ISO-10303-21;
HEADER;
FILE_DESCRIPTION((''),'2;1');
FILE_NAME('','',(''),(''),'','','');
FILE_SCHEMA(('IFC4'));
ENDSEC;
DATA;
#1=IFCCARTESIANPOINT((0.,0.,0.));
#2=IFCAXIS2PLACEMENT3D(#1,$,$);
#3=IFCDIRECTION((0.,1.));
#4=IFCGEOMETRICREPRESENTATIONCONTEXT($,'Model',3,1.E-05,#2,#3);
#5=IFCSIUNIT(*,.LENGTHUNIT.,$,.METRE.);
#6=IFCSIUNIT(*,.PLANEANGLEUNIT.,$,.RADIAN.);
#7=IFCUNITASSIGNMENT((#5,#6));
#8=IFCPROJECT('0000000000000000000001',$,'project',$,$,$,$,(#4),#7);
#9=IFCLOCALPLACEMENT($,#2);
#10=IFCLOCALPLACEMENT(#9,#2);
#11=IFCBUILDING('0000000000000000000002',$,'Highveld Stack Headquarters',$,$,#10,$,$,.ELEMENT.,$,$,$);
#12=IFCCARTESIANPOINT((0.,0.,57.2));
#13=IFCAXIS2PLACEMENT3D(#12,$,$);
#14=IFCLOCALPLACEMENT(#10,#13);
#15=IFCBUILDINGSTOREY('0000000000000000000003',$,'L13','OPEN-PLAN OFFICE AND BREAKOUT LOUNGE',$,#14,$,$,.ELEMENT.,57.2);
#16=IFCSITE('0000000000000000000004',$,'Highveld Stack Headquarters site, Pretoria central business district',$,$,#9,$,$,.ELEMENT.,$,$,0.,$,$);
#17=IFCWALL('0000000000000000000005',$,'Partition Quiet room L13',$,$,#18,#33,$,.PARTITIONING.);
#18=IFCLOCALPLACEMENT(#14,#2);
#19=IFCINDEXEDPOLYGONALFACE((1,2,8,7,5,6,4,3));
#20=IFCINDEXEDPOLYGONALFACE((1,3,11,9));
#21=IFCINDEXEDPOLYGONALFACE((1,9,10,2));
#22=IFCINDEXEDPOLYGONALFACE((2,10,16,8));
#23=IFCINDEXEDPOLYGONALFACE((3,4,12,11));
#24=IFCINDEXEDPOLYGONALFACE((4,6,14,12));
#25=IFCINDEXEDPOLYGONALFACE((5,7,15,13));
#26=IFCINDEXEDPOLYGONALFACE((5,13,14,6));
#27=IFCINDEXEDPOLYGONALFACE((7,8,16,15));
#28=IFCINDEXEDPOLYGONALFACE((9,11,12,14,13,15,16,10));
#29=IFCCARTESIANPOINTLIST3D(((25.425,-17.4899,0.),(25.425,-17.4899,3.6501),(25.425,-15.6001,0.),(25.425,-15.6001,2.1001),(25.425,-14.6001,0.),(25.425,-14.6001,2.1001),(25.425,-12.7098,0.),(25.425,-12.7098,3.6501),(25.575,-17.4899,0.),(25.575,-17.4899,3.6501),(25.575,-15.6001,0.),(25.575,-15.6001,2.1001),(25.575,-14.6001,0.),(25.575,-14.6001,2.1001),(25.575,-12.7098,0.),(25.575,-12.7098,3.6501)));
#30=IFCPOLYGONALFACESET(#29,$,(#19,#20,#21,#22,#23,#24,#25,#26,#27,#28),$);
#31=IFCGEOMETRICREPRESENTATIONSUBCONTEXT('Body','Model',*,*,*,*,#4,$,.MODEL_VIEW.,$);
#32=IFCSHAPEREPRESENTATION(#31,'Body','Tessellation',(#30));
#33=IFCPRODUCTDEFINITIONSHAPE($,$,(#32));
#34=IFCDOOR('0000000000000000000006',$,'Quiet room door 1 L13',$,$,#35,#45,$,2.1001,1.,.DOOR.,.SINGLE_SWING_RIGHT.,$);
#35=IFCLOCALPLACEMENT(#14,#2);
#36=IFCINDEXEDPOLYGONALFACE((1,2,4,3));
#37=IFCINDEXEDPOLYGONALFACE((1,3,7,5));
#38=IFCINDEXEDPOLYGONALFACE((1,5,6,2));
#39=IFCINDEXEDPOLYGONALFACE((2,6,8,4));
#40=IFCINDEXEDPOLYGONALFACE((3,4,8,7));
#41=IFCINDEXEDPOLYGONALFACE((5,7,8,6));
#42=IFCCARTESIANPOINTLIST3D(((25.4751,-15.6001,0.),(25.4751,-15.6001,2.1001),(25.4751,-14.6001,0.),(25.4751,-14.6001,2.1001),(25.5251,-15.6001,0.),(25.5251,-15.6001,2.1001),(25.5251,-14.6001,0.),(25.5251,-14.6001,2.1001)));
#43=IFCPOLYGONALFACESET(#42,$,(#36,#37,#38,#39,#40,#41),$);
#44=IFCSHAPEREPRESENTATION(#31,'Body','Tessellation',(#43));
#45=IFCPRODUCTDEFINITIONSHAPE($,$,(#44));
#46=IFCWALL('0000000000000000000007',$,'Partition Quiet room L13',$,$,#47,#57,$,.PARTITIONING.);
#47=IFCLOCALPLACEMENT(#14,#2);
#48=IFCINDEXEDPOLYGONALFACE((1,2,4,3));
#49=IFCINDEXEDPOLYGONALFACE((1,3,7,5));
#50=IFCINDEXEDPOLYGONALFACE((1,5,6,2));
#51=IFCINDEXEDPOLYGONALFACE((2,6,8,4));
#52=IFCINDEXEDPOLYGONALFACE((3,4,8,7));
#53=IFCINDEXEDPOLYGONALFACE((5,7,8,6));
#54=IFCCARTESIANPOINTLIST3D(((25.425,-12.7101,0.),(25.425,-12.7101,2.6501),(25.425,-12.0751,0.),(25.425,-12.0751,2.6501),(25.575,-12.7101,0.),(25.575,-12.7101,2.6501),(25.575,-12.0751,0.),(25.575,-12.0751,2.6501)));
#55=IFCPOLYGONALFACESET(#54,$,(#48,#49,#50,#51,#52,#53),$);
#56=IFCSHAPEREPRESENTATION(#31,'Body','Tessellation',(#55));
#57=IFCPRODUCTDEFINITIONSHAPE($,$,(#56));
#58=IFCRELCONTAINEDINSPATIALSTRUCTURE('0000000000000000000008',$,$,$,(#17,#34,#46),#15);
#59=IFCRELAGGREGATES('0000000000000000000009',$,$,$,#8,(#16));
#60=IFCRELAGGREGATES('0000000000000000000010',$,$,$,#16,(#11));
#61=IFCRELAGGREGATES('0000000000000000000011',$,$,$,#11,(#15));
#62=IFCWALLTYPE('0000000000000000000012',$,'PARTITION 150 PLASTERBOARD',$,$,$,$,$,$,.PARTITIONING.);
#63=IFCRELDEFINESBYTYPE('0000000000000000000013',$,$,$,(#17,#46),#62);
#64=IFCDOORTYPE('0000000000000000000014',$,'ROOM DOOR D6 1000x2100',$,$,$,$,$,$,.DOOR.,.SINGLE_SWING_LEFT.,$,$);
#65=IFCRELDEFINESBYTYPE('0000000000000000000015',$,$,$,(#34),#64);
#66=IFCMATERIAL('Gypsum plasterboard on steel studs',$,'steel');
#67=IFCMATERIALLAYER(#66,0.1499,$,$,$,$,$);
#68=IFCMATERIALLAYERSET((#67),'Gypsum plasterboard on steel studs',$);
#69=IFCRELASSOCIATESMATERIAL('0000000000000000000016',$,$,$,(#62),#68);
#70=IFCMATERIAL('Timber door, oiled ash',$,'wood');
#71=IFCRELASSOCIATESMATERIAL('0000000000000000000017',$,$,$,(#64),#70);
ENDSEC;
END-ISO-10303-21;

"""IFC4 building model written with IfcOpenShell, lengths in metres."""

from ifc_helpers import new_model, si_unit, direction, frame, frame_2d, origin, place, context, subcontext, project, spatial, rectangle, extrude, material, layer, layer_set, type_object, element, fill, save


model = new_model("IFC4")

# Units and contexts
model_context = context("Model", 3, precision=1e-05, world=origin(), true_north=direction((0.0, 1.0)))
body_context = subcontext(model_context, "Body", "Model", "MODEL_VIEW")
ifc_project = project(units=[si_unit("LENGTHUNIT", "METRE"), si_unit("PLANEANGLEUNIT", "RADIAN")], contexts=[model_context])

# Site, building, storey
site_placement = place(None, origin())
site = spatial("IfcSite", under=ifc_project, at=site_placement, Name="Highveld Stack Headquarters site, Pretoria central business district", CompositionType="ELEMENT", RefElevation=0.0)
building_placement = place(site_placement, origin())
building = spatial("IfcBuilding", under=site, at=building_placement, Name="Highveld Stack Headquarters", CompositionType="ELEMENT")
storey_placement = place(building_placement, frame((0.0, 0.0, 57.2)))
storey = spatial("IfcBuildingStorey", under=building, at=storey_placement, Name="L13", Description="OPEN-PLAN OFFICE AND BREAKOUT LOUNGE", CompositionType="ELEMENT", Elevation=57.2)

# Shared definitions
ifc_material_1 = material(Name="Gypsum plasterboard on steel studs", Category="steel")
ifc_layer_1 = layer(ifc_material_1, 0.1499)
ifc_layer_set_1 = layer_set([ifc_layer_1], Name="Gypsum plasterboard on steel studs")
wall_type = type_object("IfcWallType", Name="PARTITION 150 PLASTERBOARD", PredefinedType="PARTITIONING", material=ifc_layer_set_1)

# Wall, opening, door
wall_1_placement = place(storey_placement, frame((25.5, -17.49, 0.0), z_axis=(0.0, 0.0, 1.0), x_axis=(0.0, 1.0, 0.0)))
wall_1 = element("IfcWall", 1, at=wall_1_placement, inside=storey, type_object=wall_type, Name="Partition Quiet room L13", PredefinedType="PARTITIONING", context=body_context, shape_type="SweptSolid", body=[
    extrude(rectangle(XDim=4.78, YDim=0.1499, at=frame_2d((2.3901, 0.0))), origin(), (0.0, 0.0, 1.0), 3.6501),
])
opening_placement = place(wall_1_placement, frame((1.8899, 0.0, 0.0)))
opening = element("IfcOpeningElement", 2, at=opening_placement, cuts=wall_1, PredefinedType="OPENING", context=body_context, shape_type="SweptSolid", body=[
    extrude(rectangle(XDim=1.0, YDim=2.1001, at=frame_2d((0.5, 1.05))), frame((0.0, 0.085, 0.0), z_axis=(0.0, -1.0, 0.0), x_axis=(1.0, 0.0, 0.0)), (0.0, 0.0, 1.0), 0.1699),
])
ifc_material_2 = material(Name="Timber door, oiled ash", Category="wood")
door_type = type_object("IfcDoorType", Name="ROOM DOOR D6 1000x2100", OperationType="SINGLE_SWING_LEFT", PredefinedType="DOOR", material=ifc_material_2)
door_placement = place(opening_placement, origin())
door = element("IfcDoor", 3, at=door_placement, inside=storey, type_object=door_type, Name="Quiet room door 1 L13", OperationType="SINGLE_SWING_RIGHT", OverallHeight=2.1001, OverallWidth=1.0, PredefinedType="DOOR", context=body_context, shape_type="SweptSolid", body=[
    extrude(rectangle(XDim=1.0, YDim=2.1001, at=frame_2d((0.5, 1.05))), frame((0.0, 0.0249, 0.0), z_axis=(0.0, -1.0, 0.0), x_axis=(1.0, 0.0, 0.0)), (0.0, 0.0, 1.0), 0.05),
])
fill(opening, door)

# Wall
wall_2_placement = place(storey_placement, frame((25.5, -12.71, 0.0), z_axis=(0.0, 0.0, 1.0), x_axis=(0.0, 1.0, 0.0)))
element("IfcWall", 4, at=wall_2_placement, inside=storey, type_object=wall_type, Name="Partition Quiet room L13", PredefinedType="PARTITIONING", context=body_context, shape_type="SweptSolid", body=[
    extrude(rectangle(XDim=0.635, YDim=0.1499, at=frame_2d((0.3174, 0.0))), origin(), (0.0, 0.0, 1.0), 2.6501),
])

save(model, "model.ifc")
